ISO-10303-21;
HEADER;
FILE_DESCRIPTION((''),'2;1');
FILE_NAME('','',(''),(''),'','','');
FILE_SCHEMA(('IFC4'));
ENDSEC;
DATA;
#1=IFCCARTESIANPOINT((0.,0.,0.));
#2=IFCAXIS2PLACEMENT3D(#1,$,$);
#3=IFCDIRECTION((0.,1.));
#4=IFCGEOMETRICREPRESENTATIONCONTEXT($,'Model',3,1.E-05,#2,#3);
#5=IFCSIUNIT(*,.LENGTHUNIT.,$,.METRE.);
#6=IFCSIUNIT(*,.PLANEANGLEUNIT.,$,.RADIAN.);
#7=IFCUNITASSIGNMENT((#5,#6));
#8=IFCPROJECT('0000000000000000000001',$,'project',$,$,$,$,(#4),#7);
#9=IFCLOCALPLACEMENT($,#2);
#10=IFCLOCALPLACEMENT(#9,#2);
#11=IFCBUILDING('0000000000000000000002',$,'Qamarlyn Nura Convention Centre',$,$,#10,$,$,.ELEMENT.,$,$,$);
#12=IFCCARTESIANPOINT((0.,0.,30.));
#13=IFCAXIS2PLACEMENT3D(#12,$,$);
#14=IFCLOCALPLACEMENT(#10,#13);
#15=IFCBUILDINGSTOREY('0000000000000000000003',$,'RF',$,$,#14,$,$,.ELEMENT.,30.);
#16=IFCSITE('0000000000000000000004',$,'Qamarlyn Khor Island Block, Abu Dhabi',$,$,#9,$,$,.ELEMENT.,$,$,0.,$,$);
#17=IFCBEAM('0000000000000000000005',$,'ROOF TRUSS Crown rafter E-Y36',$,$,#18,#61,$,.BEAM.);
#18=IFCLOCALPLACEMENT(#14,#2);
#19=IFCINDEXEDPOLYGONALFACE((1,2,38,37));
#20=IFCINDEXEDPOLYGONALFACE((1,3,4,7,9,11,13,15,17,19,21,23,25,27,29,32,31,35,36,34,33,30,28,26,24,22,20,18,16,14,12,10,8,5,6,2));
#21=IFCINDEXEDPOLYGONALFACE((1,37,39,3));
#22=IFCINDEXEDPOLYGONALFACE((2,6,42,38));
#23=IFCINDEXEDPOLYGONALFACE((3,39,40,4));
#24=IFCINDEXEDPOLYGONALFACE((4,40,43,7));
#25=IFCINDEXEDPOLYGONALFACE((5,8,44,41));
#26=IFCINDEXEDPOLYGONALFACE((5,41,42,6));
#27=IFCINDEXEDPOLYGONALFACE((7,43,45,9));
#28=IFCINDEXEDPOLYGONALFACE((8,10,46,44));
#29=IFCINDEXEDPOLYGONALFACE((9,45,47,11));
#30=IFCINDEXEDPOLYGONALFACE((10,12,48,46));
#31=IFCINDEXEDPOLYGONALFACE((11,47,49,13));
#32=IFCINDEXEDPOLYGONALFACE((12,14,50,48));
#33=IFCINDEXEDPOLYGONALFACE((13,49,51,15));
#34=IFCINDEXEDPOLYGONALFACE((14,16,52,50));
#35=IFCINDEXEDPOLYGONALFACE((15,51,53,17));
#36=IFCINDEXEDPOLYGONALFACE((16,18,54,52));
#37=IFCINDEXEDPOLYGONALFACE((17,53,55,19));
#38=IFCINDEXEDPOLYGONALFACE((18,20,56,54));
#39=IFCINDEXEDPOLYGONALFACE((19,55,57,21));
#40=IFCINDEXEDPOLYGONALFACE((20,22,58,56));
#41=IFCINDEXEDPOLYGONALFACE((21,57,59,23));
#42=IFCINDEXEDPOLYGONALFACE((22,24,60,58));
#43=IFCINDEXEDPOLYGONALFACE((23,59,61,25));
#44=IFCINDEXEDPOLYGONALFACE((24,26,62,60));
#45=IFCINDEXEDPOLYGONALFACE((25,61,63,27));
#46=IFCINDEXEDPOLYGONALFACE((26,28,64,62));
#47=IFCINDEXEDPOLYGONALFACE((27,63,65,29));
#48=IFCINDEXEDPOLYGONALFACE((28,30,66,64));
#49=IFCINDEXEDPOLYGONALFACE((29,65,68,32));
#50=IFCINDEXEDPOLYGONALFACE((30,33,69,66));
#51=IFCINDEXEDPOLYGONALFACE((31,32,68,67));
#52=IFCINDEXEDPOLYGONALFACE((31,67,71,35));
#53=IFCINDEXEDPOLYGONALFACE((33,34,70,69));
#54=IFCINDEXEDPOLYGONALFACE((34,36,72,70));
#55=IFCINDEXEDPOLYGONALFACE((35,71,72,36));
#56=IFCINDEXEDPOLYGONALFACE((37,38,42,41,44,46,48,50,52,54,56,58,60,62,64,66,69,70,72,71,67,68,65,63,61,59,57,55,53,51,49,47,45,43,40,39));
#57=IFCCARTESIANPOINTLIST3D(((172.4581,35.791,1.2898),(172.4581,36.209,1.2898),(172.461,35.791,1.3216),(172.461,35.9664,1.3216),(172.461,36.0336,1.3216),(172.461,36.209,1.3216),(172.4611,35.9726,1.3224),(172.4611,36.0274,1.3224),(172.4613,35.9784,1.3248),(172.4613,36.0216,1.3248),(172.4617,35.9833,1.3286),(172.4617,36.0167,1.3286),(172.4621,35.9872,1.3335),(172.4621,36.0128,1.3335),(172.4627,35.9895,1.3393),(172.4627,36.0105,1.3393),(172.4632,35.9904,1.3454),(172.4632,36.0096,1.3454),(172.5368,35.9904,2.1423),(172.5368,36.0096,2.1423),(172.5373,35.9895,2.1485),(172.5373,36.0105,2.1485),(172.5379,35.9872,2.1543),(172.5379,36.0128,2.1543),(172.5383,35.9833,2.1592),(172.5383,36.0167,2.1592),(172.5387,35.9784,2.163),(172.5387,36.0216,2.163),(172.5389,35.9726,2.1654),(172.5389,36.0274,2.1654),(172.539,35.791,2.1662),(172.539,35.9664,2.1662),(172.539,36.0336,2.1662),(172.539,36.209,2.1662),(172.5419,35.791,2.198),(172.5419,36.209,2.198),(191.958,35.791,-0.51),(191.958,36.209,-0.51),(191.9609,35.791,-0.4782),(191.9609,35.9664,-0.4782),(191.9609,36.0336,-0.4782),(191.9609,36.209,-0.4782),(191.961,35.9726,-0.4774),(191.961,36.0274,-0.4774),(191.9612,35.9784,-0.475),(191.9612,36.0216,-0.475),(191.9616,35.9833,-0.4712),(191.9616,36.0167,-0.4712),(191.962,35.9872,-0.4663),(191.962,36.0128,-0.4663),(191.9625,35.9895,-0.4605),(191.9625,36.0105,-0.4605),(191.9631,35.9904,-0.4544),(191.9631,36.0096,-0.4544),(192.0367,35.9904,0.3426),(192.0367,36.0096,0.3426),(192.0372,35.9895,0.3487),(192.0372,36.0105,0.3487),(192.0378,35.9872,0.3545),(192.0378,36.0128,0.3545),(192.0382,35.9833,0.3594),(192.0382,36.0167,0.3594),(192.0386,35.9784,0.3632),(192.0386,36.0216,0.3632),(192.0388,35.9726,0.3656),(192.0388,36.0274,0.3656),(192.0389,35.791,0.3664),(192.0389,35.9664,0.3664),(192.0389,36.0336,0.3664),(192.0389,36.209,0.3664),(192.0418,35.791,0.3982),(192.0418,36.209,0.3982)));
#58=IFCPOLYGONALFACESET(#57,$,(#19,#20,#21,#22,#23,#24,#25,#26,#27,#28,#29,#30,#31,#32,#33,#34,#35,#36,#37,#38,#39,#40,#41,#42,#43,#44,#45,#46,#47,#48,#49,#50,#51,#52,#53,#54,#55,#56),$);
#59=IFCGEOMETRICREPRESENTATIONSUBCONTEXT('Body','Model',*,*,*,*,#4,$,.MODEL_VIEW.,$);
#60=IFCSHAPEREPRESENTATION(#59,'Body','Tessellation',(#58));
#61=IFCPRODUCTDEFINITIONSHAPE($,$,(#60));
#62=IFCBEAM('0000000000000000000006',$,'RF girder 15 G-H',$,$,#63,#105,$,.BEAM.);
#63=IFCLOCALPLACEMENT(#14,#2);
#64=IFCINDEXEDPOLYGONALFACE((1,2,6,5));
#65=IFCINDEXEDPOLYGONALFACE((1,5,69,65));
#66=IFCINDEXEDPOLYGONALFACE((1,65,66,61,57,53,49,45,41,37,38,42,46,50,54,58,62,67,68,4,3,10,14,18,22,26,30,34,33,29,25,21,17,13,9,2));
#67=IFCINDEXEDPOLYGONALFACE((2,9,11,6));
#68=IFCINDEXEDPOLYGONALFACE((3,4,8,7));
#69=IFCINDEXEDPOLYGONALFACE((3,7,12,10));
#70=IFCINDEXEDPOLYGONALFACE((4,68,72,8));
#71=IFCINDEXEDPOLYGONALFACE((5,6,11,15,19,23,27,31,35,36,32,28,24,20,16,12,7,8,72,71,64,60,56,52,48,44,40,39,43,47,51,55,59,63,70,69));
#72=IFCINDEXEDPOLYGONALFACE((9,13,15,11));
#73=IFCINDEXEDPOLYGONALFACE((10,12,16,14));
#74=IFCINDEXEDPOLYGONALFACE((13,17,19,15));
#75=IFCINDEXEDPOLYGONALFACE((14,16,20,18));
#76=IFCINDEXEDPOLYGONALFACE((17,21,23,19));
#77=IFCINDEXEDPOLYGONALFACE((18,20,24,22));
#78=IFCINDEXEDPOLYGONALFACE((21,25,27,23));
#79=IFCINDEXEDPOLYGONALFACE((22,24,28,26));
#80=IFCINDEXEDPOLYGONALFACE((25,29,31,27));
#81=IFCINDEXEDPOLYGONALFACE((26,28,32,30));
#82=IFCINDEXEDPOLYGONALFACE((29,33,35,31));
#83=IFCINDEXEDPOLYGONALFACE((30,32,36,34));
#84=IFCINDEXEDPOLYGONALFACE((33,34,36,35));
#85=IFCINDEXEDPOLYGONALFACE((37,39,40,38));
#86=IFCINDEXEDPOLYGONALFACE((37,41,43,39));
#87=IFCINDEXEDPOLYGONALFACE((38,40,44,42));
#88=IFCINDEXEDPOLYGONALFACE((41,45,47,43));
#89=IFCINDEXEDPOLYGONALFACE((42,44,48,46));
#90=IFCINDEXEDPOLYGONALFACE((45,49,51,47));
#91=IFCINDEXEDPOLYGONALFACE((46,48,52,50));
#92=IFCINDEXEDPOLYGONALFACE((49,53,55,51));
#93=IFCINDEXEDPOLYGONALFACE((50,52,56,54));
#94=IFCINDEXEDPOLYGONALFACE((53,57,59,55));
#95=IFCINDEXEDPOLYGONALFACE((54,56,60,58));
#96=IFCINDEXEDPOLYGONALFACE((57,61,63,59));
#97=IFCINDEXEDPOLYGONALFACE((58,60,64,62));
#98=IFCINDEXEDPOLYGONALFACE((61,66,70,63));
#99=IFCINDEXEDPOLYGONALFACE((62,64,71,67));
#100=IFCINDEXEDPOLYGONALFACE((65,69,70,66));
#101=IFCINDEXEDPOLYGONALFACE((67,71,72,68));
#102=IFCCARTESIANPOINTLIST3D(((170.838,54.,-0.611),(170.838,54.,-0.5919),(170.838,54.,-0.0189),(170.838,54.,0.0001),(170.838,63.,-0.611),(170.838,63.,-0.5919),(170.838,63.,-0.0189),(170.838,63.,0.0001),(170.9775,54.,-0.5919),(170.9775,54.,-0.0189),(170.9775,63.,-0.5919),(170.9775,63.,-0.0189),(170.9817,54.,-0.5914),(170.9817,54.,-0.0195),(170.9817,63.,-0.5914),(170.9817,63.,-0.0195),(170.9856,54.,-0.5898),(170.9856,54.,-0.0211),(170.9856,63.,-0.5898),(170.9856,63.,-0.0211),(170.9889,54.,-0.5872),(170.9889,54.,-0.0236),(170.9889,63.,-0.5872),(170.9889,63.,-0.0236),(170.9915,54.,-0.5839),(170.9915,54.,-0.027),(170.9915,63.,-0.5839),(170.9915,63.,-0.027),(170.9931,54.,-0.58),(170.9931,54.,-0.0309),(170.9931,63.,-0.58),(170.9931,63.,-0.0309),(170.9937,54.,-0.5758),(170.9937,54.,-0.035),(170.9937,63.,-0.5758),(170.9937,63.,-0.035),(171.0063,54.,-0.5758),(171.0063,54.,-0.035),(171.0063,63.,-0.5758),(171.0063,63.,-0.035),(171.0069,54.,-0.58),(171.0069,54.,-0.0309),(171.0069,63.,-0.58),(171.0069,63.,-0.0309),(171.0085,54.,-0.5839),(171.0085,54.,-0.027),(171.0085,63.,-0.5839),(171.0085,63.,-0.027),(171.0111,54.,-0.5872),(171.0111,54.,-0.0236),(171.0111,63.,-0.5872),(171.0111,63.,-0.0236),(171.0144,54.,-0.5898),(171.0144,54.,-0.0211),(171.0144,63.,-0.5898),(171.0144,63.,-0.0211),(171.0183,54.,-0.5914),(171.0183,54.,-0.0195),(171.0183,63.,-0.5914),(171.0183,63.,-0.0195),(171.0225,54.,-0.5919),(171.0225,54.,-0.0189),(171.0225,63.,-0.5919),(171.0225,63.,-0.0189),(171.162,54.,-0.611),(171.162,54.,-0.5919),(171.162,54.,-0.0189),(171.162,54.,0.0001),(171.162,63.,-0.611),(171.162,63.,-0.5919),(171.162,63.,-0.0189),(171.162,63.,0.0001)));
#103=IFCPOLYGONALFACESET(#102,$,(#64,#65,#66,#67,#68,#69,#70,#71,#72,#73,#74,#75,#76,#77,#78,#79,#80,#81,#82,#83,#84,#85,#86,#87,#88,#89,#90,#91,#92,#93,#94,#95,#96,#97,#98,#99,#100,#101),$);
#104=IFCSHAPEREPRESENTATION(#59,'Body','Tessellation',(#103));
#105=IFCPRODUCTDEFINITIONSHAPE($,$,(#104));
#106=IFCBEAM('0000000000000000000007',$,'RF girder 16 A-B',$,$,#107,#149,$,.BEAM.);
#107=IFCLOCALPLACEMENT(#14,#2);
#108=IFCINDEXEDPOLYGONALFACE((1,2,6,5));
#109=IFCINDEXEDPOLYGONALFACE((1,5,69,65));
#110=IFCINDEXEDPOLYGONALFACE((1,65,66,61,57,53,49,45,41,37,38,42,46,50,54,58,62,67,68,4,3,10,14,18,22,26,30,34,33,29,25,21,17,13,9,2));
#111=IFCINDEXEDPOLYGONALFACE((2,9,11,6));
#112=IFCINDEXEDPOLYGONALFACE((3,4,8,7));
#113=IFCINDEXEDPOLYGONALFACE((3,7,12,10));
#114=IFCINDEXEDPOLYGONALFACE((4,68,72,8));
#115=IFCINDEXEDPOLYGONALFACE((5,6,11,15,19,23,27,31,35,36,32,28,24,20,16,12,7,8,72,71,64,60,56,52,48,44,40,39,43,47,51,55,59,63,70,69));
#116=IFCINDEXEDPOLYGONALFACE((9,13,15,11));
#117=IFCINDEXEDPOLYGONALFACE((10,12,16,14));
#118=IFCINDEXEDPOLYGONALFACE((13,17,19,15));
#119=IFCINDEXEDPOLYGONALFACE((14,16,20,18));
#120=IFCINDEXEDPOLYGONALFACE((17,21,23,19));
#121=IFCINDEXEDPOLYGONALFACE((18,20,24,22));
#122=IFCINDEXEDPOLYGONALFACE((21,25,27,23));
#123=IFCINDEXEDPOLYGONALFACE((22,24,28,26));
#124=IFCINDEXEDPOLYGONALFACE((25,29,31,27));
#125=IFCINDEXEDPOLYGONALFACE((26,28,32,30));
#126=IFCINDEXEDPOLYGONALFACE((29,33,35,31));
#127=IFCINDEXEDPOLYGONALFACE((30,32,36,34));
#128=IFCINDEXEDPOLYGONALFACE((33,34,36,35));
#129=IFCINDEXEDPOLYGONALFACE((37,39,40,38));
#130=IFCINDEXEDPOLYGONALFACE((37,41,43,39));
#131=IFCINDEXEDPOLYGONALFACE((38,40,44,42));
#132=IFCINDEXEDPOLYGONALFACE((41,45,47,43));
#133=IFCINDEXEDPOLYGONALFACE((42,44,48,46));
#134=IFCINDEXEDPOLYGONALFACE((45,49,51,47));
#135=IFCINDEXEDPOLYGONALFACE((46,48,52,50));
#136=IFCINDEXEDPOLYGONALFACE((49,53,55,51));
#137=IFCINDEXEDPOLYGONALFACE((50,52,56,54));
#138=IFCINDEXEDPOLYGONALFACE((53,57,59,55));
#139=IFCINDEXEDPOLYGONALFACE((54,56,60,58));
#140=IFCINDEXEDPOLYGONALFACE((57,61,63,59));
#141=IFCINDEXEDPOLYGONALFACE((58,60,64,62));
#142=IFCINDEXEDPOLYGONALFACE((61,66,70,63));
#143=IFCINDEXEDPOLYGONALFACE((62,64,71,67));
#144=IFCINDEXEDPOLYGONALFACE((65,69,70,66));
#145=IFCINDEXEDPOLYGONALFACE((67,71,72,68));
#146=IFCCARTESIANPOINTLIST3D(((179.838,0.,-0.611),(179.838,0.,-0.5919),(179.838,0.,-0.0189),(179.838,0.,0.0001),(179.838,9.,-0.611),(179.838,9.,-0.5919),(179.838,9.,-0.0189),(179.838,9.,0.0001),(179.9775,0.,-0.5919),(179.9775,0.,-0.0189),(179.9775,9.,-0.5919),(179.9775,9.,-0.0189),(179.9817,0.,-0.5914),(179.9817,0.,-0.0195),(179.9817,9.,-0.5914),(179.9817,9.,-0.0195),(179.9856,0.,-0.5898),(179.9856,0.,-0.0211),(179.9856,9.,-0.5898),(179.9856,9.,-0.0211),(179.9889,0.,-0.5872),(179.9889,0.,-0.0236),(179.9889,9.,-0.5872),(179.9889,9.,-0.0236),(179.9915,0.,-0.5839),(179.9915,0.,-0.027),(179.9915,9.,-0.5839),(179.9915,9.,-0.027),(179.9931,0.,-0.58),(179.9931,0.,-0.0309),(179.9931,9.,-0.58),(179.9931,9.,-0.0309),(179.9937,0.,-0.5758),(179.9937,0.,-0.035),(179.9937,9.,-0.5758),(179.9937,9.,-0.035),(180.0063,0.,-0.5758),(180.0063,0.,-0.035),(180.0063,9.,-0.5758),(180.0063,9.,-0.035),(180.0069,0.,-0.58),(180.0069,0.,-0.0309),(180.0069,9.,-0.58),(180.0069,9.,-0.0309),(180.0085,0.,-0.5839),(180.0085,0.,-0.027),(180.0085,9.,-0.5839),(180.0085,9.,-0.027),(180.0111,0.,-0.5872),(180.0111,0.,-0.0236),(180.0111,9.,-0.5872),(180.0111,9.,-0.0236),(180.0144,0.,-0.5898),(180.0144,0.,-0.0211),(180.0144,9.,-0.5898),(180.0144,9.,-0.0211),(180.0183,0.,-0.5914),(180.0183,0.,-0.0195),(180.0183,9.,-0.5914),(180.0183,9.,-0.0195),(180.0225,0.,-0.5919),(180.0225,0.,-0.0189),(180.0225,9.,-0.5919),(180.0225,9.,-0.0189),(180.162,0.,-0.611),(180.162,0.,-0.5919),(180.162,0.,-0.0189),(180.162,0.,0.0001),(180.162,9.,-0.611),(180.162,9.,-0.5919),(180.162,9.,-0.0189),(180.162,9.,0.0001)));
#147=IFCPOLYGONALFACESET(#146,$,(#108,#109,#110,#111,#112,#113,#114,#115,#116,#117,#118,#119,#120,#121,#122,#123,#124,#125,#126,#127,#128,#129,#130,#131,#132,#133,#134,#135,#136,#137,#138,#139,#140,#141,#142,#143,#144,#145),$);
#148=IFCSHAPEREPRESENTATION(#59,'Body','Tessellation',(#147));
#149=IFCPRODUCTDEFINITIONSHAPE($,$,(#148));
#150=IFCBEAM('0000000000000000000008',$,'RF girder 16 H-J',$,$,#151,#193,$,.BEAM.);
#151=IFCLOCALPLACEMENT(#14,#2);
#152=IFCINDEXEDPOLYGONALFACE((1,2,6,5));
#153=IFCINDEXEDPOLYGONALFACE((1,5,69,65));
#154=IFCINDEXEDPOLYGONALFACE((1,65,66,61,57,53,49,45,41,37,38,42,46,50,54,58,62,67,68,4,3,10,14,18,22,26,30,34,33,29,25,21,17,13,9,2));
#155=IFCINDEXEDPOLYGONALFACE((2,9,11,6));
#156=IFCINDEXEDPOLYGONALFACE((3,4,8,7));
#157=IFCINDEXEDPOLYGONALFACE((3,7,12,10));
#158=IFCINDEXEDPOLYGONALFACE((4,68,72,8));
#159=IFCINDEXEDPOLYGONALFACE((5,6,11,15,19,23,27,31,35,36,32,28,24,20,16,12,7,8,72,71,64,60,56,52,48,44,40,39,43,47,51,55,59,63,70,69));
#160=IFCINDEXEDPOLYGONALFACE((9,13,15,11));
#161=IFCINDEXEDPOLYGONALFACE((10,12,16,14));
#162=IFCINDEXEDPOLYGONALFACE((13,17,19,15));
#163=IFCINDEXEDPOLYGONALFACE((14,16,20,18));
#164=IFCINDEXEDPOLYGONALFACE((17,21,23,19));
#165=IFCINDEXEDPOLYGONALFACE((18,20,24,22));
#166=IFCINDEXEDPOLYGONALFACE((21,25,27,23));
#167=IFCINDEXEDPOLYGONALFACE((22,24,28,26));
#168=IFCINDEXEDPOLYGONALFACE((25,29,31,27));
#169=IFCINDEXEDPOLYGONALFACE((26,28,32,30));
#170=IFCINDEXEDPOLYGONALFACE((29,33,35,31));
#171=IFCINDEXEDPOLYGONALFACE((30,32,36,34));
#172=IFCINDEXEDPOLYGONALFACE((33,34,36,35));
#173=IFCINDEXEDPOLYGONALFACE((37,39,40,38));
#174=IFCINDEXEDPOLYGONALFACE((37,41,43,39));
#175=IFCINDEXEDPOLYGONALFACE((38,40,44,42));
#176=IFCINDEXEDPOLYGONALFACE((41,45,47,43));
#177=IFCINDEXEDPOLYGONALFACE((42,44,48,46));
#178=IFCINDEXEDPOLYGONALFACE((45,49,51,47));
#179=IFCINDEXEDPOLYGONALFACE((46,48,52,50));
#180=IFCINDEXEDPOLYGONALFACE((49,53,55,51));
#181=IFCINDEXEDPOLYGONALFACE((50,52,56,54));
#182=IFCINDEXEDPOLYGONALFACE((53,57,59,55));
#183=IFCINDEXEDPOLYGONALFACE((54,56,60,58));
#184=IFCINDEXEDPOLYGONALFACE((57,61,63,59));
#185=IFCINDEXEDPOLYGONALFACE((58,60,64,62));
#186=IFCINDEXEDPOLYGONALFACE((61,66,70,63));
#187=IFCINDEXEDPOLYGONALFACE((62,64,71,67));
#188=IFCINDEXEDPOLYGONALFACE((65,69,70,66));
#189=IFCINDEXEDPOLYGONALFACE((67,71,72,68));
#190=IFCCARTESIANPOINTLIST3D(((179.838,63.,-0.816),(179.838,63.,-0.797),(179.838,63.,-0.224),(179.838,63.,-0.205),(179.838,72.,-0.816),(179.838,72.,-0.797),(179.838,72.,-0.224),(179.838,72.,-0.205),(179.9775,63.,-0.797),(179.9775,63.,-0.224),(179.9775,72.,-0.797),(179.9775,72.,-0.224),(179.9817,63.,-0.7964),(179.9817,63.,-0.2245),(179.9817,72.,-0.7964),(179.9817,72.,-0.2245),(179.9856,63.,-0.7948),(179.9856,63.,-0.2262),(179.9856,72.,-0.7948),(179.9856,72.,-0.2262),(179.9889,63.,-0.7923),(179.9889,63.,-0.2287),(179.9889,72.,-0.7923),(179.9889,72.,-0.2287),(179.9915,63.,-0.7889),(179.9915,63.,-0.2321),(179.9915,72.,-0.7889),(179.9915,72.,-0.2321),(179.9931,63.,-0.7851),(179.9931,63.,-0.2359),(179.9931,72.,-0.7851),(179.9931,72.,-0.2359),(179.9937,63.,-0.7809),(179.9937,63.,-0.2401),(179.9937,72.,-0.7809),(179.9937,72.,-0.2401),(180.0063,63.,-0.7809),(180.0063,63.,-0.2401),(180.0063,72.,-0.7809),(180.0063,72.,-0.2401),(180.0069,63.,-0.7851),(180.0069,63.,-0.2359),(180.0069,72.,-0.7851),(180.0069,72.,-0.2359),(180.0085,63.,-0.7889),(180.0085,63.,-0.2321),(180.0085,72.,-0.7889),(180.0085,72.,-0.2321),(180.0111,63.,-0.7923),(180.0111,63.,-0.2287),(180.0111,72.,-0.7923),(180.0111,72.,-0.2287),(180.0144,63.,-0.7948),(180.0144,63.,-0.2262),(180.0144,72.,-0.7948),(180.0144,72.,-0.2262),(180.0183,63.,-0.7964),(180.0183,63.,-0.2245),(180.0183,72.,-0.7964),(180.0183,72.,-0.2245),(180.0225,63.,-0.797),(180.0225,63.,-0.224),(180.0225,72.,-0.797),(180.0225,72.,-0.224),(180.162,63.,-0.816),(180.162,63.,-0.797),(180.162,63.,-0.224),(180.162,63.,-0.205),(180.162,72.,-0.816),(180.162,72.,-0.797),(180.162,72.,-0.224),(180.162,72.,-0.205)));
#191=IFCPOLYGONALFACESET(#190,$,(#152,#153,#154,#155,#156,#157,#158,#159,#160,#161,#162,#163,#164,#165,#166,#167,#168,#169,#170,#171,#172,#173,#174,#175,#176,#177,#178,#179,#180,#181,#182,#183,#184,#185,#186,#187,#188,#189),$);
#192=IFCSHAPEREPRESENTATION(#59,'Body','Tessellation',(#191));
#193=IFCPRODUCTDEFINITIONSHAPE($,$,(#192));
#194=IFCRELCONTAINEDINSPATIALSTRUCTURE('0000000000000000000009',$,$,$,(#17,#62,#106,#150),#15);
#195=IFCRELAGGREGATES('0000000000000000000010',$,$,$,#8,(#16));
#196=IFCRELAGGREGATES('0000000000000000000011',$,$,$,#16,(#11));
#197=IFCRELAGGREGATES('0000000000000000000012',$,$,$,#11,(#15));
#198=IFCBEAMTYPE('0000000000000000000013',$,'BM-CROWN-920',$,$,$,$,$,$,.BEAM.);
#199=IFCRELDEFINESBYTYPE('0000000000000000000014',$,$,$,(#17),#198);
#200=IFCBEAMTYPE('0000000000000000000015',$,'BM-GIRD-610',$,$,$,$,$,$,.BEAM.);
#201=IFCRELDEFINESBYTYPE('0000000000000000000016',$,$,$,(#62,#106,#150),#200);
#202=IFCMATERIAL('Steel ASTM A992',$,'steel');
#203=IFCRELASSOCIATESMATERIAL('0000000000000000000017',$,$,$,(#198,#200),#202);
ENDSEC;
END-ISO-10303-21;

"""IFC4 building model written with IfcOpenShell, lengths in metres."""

from ifc_helpers import new_model, si_unit, direction, frame, origin, origin_2d, place, context, subcontext, project, spatial, i_section, extrude, material, material_profile, profile_set, type_object, element, save


model = new_model("IFC4")

# Units and contexts
model_context = context("Model", 3, precision=1e-05, world=origin(), true_north=direction((0.0, 1.0)))
body_context = subcontext(model_context, "Body", "Model", "MODEL_VIEW")
ifc_project = project(units=[si_unit("LENGTHUNIT", "METRE"), si_unit("PLANEANGLEUNIT", "RADIAN")], contexts=[model_context])

# Site, building, storey
site_placement = place(None, origin())
site = spatial("IfcSite", under=ifc_project, at=site_placement, Name="Qamarlyn Khor Island Block, Abu Dhabi", CompositionType="ELEMENT", RefElevation=0.0)
building_placement = place(site_placement, origin())
building = spatial("IfcBuilding", under=site, at=building_placement, Name="Qamarlyn Nura Convention Centre", CompositionType="ELEMENT")
storey_placement = place(building_placement, frame((0.0, 0.0, 30.0)))
storey = spatial("IfcBuildingStorey", under=building, at=storey_placement, Name="RF", CompositionType="ELEMENT", Elevation=30.0)

# Beams
ifc_material_1 = material(Name="Steel ASTM A992", Category="steel")
ifc_material_profile_1 = material_profile(ifc_material_1, i_section(OverallWidth=0.418, OverallDepth=0.9121, WebThickness=0.0193, FlangeThickness=0.032, FilletRadius=0.0239, at=origin_2d()), Name="W920X342")
ifc_profile_set_1 = profile_set([ifc_material_profile_1], Name="Steel ASTM A992")
beam_type_1 = type_object("IfcBeamType", Name="BM-CROWN-920", PredefinedType="BEAM", material=ifc_profile_set_1)
beam_1_placement = place(storey_placement, frame((172.5, 36.0, 1.7439), z_axis=(0.995768, 0.0, -0.091907), x_axis=(0.0, 1.0, 0.0)))
element("IfcBeam", 1, at=beam_1_placement, inside=storey, type_object=beam_type_1, Name="ROOF TRUSS Crown rafter E-Y36", PredefinedType="BEAM", context=body_context, shape_type="SweptSolid", body=[
    extrude(i_section(OverallWidth=0.418, OverallDepth=0.9121, WebThickness=0.0193, FlangeThickness=0.032, FilletRadius=0.0239, at=origin_2d()), origin(), (0.0, 0.0, 1.0), 19.5828),
])
ifc_material_profile_2 = material_profile(ifc_material_1, i_section(OverallWidth=0.324, OverallDepth=0.6111, WebThickness=0.0127, FlangeThickness=0.019, FilletRadius=0.0161, at=origin_2d()), Name="W610X155")
ifc_profile_set_2 = profile_set([ifc_material_profile_2], Name="Steel ASTM A992")
beam_type_2 = type_object("IfcBeamType", Name="BM-GIRD-610", PredefinedType="BEAM", material=ifc_profile_set_2)
for number, where, z_axis, x_axis, name in (
    (2, (171.0, 54.0, -0.3054), (0.0, 1.0, 0.0), (-1.0, 0.0, 0.0), "RF girder 15 G-H"),
    (3, (180.0, 0.0, -0.3054), (0.0, 1.0, 0.0), (-1.0, 0.0, 0.0), "RF girder 16 A-B"),
    (4, (180.0, 63.0, -0.5105), (0.0, 1.0, 0.0), (-1.0, 0.0, 0.0), "RF girder 16 H-J"),
):
    element("IfcBeam", number, at=place(storey_placement, frame(where, z_axis=z_axis, x_axis=x_axis)), inside=storey, type_object=beam_type_2, Name=name, PredefinedType="BEAM", context=body_context, shape_type="SweptSolid", body=[
        extrude(i_section(OverallWidth=0.324, OverallDepth=0.6111, WebThickness=0.0127, FlangeThickness=0.019, FilletRadius=0.0161, at=origin_2d()), origin(), (0.0, 0.0, 1.0), 9.0),
    ])

save(model, "model.ifc")
